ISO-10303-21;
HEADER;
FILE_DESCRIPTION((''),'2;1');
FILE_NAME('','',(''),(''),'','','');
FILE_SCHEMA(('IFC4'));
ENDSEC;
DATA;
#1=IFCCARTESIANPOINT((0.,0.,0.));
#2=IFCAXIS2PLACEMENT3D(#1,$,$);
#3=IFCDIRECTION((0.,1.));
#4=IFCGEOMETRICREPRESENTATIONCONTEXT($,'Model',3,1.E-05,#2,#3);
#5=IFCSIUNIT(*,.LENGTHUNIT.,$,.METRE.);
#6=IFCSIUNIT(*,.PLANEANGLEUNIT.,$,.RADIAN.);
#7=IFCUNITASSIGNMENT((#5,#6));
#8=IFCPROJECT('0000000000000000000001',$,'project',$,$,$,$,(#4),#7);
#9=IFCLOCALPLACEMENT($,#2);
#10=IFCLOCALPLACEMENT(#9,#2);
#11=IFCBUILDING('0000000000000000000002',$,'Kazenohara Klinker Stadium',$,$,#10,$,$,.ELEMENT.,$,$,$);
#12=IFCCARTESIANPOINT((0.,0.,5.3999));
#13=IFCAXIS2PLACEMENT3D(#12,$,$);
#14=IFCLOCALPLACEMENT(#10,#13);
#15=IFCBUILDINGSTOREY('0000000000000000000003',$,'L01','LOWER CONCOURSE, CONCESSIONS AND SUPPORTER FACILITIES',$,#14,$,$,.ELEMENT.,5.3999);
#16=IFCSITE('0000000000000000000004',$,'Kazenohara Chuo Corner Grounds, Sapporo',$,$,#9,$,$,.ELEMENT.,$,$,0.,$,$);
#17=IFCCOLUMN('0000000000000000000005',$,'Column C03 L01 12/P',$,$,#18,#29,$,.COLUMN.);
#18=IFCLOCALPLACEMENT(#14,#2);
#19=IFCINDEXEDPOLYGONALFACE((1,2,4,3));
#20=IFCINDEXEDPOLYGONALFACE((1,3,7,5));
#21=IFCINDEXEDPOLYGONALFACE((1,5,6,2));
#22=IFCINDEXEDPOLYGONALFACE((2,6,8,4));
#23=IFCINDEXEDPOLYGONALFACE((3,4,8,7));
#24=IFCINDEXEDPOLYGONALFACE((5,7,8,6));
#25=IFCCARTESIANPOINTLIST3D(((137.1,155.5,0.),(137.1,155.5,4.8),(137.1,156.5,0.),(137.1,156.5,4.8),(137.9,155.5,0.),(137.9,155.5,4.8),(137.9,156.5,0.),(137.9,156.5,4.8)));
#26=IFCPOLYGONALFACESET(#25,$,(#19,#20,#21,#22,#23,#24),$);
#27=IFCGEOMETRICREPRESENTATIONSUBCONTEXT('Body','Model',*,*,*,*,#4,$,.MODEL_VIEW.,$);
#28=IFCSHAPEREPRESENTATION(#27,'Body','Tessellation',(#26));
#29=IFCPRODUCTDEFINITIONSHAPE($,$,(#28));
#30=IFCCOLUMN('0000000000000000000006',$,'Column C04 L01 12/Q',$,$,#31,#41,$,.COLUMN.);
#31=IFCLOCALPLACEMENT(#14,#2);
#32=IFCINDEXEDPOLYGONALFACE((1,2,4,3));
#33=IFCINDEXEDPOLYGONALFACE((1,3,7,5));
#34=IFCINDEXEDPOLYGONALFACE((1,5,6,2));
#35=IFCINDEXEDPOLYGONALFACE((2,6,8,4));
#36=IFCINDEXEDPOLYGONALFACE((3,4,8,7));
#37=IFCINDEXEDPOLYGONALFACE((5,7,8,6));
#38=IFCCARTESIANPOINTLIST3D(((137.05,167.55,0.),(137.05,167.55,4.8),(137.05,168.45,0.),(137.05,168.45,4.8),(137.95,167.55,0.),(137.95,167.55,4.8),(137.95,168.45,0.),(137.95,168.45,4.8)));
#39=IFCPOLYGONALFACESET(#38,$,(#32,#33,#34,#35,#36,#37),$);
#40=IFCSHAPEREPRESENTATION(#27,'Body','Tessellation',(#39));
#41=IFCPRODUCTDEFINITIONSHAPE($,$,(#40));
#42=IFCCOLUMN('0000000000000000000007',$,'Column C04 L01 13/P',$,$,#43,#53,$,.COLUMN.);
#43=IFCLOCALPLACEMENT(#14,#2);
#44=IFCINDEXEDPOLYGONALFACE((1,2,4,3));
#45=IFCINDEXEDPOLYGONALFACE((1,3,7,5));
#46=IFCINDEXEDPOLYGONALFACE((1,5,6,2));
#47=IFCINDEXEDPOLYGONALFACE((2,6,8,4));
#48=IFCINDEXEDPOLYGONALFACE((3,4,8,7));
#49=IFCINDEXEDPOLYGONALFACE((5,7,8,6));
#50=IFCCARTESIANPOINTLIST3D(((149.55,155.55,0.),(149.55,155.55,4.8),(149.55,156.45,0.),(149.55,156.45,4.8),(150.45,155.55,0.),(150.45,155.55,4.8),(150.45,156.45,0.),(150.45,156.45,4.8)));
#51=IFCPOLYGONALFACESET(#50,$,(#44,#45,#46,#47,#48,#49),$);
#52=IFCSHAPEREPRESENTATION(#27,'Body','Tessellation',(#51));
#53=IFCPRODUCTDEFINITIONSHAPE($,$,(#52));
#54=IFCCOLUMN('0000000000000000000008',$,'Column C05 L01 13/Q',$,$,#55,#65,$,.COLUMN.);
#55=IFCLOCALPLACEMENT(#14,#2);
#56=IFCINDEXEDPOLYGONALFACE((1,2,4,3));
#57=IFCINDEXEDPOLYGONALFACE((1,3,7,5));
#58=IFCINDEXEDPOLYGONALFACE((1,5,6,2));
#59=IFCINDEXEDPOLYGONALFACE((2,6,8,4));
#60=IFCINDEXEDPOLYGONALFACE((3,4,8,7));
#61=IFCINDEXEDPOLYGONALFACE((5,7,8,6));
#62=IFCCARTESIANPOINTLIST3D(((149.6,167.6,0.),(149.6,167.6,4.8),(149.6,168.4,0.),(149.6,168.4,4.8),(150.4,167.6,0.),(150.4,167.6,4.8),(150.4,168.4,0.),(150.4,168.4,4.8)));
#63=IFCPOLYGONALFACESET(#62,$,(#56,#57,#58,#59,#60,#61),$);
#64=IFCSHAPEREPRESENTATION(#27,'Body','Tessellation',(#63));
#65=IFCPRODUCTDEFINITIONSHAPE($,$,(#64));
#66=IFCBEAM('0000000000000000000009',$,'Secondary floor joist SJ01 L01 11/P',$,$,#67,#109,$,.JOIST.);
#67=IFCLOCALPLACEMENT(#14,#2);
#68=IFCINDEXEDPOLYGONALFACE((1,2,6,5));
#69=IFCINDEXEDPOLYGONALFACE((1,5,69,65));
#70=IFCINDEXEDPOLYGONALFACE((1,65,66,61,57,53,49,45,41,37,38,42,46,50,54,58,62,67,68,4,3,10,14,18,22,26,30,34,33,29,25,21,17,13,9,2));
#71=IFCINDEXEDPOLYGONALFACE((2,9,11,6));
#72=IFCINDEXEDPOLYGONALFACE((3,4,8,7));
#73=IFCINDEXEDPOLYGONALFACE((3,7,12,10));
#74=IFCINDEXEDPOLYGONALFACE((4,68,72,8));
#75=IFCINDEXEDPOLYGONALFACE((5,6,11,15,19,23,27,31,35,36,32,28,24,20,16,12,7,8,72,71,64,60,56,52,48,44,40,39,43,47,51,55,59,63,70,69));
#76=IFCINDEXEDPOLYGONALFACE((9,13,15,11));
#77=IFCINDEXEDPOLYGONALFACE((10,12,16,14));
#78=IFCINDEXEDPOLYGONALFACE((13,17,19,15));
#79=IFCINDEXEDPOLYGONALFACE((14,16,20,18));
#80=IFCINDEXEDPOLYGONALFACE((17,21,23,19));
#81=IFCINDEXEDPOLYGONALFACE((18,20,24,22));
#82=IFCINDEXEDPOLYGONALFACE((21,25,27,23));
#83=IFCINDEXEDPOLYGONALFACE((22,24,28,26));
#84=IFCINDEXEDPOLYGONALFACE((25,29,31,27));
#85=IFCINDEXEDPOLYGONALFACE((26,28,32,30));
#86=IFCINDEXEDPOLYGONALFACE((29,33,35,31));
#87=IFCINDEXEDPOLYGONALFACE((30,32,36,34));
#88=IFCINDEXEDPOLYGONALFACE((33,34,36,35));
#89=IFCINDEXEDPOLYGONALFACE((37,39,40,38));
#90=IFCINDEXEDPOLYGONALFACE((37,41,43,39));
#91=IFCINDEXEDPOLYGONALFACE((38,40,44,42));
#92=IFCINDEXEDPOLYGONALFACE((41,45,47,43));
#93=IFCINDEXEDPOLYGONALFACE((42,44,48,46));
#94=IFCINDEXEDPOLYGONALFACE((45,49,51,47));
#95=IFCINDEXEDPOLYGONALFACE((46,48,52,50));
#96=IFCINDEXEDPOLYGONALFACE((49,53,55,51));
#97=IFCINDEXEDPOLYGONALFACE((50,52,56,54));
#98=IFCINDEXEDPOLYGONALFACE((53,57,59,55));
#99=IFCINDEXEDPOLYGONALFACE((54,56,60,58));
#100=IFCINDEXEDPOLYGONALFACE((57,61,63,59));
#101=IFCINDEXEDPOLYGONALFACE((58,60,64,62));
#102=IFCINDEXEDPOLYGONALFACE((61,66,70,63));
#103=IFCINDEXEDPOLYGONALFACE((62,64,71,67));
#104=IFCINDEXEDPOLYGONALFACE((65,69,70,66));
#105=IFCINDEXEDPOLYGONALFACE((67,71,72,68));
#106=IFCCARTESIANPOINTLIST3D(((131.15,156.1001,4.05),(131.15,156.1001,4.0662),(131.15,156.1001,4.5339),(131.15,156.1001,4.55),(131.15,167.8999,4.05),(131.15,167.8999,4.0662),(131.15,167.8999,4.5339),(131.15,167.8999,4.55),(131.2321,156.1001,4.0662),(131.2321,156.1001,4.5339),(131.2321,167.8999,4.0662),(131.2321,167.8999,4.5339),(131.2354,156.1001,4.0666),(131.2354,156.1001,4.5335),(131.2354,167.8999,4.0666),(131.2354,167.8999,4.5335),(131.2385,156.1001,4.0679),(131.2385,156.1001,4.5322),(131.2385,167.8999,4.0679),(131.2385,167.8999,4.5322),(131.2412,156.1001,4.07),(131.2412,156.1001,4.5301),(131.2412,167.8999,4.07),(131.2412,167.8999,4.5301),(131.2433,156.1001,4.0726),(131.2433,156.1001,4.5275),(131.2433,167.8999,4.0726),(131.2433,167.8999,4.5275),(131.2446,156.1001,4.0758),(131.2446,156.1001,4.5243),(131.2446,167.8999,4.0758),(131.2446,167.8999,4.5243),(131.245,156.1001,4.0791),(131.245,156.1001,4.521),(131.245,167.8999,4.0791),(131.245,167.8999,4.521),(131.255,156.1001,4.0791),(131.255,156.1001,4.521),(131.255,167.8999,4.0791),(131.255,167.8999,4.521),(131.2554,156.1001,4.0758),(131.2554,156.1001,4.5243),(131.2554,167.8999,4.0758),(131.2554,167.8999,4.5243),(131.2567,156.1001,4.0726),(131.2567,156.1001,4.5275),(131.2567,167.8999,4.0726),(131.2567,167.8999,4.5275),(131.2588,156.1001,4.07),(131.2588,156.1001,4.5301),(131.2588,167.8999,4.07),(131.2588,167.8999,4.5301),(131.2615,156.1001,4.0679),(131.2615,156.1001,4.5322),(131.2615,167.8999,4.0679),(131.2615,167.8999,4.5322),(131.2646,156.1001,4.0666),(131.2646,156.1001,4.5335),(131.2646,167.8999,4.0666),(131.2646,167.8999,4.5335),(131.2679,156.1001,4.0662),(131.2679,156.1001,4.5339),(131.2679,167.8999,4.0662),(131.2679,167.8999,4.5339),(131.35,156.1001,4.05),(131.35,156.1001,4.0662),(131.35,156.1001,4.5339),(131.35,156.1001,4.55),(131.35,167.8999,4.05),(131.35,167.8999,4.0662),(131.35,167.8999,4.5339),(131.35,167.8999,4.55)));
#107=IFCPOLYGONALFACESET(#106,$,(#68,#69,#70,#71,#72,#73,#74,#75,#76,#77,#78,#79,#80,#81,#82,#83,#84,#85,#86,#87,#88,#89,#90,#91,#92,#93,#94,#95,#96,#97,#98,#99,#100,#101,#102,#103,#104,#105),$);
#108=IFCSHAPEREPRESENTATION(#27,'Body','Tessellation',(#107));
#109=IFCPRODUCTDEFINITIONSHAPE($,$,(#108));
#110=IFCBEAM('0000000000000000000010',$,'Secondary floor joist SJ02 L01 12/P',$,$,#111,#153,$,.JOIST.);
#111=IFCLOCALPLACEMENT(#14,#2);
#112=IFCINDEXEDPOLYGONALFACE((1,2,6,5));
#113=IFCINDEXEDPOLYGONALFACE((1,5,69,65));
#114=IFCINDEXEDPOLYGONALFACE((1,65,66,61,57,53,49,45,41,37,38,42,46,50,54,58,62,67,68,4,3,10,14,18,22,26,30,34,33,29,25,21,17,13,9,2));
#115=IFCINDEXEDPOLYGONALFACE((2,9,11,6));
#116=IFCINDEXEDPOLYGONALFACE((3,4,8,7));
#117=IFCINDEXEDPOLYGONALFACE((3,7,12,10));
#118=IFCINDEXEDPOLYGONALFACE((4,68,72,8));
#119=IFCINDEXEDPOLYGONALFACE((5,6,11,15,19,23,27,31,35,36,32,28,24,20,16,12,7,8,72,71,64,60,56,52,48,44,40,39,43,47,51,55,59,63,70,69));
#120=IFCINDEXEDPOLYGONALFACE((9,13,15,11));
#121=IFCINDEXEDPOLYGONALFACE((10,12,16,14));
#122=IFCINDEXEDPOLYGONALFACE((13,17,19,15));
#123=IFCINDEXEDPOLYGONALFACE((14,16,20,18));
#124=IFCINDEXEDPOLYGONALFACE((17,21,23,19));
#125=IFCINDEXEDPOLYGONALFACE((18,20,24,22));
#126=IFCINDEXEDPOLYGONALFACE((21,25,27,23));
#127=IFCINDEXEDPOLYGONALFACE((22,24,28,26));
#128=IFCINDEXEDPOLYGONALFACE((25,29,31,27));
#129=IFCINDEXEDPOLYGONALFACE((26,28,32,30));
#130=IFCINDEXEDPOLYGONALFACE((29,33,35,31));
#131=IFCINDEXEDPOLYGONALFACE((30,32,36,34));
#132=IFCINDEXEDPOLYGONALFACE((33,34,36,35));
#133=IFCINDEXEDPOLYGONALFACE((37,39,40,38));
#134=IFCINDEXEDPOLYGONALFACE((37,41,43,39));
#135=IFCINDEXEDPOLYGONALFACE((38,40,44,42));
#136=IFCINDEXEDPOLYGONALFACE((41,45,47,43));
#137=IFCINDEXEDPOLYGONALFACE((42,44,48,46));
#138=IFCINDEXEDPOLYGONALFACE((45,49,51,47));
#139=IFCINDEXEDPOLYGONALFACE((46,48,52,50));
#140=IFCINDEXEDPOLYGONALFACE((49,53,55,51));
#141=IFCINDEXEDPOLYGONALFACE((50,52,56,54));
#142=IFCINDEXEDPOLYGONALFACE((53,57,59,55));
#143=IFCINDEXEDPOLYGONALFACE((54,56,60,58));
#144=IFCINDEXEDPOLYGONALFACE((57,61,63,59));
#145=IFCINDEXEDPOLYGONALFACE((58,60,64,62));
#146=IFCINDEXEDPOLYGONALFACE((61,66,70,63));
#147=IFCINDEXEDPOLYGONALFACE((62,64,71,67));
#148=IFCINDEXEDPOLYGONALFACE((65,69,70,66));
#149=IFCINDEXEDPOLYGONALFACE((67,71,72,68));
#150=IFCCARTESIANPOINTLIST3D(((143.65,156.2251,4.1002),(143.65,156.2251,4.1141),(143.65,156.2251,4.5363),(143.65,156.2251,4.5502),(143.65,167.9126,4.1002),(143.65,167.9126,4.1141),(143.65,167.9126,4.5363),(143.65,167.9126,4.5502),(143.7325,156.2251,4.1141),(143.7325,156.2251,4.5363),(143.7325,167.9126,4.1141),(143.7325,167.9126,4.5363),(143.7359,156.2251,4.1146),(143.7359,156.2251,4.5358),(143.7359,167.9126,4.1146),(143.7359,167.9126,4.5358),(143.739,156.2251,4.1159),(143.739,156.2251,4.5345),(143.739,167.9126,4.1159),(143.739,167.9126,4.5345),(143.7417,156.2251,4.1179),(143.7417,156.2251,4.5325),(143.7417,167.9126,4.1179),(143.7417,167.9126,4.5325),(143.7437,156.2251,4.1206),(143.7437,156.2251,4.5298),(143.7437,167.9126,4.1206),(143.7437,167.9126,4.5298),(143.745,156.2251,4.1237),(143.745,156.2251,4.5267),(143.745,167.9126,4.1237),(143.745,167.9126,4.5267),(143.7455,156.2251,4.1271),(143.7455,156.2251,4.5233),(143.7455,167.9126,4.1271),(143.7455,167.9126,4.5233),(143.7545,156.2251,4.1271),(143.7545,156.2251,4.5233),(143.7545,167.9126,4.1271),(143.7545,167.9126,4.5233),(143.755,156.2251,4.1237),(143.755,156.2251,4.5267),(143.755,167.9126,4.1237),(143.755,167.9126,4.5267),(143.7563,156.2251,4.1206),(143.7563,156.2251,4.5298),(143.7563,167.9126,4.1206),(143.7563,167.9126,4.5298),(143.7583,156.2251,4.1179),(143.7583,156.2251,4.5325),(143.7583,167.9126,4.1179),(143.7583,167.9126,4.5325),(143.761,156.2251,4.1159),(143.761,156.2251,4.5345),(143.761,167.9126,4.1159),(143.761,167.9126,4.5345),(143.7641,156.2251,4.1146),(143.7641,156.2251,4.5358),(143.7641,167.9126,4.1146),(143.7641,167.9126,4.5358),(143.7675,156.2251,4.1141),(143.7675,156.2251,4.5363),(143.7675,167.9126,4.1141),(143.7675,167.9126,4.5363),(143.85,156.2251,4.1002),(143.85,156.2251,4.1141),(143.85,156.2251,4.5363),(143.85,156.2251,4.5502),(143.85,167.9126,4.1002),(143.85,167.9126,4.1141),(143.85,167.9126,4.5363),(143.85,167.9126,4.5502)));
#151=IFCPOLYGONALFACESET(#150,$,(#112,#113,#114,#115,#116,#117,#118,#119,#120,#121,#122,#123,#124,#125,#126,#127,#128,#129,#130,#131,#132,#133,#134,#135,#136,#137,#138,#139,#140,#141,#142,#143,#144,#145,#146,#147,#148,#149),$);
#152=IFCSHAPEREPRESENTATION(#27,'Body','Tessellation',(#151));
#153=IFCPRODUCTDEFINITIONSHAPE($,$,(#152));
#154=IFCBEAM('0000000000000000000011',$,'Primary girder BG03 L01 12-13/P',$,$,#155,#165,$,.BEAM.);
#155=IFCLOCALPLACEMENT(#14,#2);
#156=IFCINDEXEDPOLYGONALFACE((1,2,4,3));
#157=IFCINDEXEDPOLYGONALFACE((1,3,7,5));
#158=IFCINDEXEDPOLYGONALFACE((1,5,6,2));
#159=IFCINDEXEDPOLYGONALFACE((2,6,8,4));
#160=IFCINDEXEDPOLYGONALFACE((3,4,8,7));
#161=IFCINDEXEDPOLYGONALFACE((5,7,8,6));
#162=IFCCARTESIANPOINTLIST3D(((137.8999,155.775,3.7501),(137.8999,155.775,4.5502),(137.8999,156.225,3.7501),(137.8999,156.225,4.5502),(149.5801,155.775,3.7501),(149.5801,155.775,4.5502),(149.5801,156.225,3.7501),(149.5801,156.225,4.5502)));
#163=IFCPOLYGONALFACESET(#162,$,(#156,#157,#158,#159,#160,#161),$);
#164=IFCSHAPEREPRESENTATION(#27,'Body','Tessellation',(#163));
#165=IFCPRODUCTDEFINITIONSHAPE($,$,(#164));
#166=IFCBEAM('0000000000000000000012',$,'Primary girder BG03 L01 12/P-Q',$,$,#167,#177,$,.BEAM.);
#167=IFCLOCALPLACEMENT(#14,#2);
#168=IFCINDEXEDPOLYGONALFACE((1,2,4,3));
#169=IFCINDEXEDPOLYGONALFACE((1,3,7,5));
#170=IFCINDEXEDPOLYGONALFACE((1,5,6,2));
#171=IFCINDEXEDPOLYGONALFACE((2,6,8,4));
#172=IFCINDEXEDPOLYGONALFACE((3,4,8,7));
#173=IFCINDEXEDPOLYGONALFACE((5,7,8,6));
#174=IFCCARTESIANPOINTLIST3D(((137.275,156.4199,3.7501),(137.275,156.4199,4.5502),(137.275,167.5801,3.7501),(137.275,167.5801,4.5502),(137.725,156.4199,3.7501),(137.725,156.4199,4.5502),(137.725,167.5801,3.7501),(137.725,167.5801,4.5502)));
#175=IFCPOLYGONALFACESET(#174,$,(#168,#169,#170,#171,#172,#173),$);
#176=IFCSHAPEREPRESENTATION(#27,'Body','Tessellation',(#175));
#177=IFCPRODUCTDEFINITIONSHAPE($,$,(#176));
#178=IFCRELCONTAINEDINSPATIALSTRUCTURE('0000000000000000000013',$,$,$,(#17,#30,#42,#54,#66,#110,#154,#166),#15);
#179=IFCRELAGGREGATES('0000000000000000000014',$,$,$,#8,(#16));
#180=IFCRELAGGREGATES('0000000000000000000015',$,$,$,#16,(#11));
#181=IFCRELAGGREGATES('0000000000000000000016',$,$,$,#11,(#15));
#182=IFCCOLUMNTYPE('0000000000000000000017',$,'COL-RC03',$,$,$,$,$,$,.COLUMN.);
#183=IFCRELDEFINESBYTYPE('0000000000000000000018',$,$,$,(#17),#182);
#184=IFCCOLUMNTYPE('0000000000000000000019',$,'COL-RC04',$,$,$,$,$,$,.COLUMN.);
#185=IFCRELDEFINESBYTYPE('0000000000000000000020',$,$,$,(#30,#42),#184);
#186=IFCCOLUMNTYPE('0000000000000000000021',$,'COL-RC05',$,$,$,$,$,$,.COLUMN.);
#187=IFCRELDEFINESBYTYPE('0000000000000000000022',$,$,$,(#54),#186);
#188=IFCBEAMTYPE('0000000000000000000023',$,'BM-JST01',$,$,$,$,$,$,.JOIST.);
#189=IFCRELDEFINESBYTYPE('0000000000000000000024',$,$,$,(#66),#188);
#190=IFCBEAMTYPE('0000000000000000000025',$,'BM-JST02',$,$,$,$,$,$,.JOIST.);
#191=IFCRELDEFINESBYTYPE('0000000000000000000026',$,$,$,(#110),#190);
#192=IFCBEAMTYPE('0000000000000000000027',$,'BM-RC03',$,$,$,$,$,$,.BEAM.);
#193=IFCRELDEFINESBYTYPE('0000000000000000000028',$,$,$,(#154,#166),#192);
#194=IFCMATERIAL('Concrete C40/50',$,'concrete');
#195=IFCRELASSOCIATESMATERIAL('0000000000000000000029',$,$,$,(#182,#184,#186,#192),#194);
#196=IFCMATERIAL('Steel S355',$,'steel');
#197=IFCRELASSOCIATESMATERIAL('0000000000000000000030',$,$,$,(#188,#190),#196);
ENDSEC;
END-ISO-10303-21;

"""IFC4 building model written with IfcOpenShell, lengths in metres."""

from ifc_helpers import new_model, si_unit, direction, frame, origin, origin_2d, place, context, subcontext, project, spatial, rectangle, i_section, extrude, material, material_profile, profile_set, type_object, element, save


model = new_model("IFC4")

# Units and contexts
model_context = context("Model", 3, precision=1e-05, world=origin(), true_north=direction((0.0, 1.0)))
body_context = subcontext(model_context, "Body", "Model", "MODEL_VIEW")
ifc_project = project(units=[si_unit("LENGTHUNIT", "METRE"), si_unit("PLANEANGLEUNIT", "RADIAN")], contexts=[model_context])

# Site, building, storey
site_placement = place(None, origin())
site = spatial("IfcSite", under=ifc_project, at=site_placement, Name="Kazenohara Chuo Corner Grounds, Sapporo", CompositionType="ELEMENT", RefElevation=0.0)
building_placement = place(site_placement, origin())
building = spatial("IfcBuilding", under=site, at=building_placement, Name="Kazenohara Klinker Stadium", CompositionType="ELEMENT")
storey_placement = place(building_placement, frame((0.0, 0.0, 5.3999)))
storey = spatial("IfcBuildingStorey", under=building, at=storey_placement, Name="L01", Description="LOWER CONCOURSE, CONCESSIONS AND SUPPORTER FACILITIES", CompositionType="ELEMENT", Elevation=5.3999)

# Columns
ifc_material_1 = material(Name="Concrete C40/50", Category="concrete")
ifc_material_profile_1 = material_profile(ifc_material_1, rectangle(XDim=0.8, YDim=1.0, at=origin_2d()), Name="RC-COL-1000x800")
ifc_profile_set_1 = profile_set([ifc_material_profile_1], Name="Concrete C40/50")
column_type_1 = type_object("IfcColumnType", Name="COL-RC03", PredefinedType="COLUMN", material=ifc_profile_set_1)
column_1_placement = place(storey_placement, frame((137.5, 156.0, 0.0), z_axis=(0.0, 0.0, 1.0), x_axis=(1.0, 0.0, 0.0)))
element("IfcColumn", 1, at=column_1_placement, inside=storey, type_object=column_type_1, Name="Column C03 L01 12/P", PredefinedType="COLUMN", context=body_context, shape_type="SweptSolid", body=[
    extrude(rectangle(XDim=0.8, YDim=1.0, at=origin_2d()), origin(), (0.0, 0.0, 1.0), 4.8),
])
ifc_material_profile_2 = material_profile(ifc_material_1, rectangle(XDim=0.8999, YDim=0.8999, at=origin_2d()), Name="RC-COL-900x900")
ifc_profile_set_2 = profile_set([ifc_material_profile_2], Name="Concrete C40/50")
column_type_2 = type_object("IfcColumnType", Name="COL-RC04", PredefinedType="COLUMN", material=ifc_profile_set_2)
for number, where, z_axis, x_axis, name in (
    (2, (137.5, 168.0, 0.0), (0.0, 0.0, 1.0), (1.0, 0.0, 0.0), "Column C04 L01 12/Q"),
    (3, (150.0, 156.0, 0.0), (0.0, 0.0, 1.0), (1.0, 0.0, 0.0), "Column C04 L01 13/P"),
):
    element("IfcColumn", number, at=place(storey_placement, frame(where, z_axis=z_axis, x_axis=x_axis)), inside=storey, type_object=column_type_2, Name=name, PredefinedType="COLUMN", context=body_context, shape_type="SweptSolid", body=[
        extrude(rectangle(XDim=0.8999, YDim=0.8999, at=origin_2d()), origin(), (0.0, 0.0, 1.0), 4.8),
    ])
ifc_material_profile_3 = material_profile(ifc_material_1, rectangle(XDim=0.8, YDim=0.8, at=origin_2d()), Name="RC-COL-800x800")
ifc_profile_set_3 = profile_set([ifc_material_profile_3], Name="Concrete C40/50")
column_type_3 = type_object("IfcColumnType", Name="COL-RC05", PredefinedType="COLUMN", material=ifc_profile_set_3)
column_2_placement = place(storey_placement, frame((150.0, 168.0, 0.0), z_axis=(0.0, 0.0, 1.0), x_axis=(1.0, 0.0, 0.0)))
element("IfcColumn", 4, at=column_2_placement, inside=storey, type_object=column_type_3, Name="Column C05 L01 13/Q", PredefinedType="COLUMN", context=body_context, shape_type="SweptSolid", body=[
    extrude(rectangle(XDim=0.8, YDim=0.8, at=origin_2d()), origin(), (0.0, 0.0, 1.0), 4.8),
])

# Beams
ifc_material_2 = material(Name="Steel S355", Category="steel")
ifc_material_profile_4 = material_profile(ifc_material_2, i_section(OverallWidth=0.2, OverallDepth=0.5, WebThickness=0.01, FlangeThickness=0.0161, FilletRadius=0.0129, at=origin_2d()), Name="H-500x200x10x16")
ifc_profile_set_4 = profile_set([ifc_material_profile_4], Name="Steel S355")
beam_type_1 = type_object("IfcBeamType", Name="BM-JST01", PredefinedType="JOIST", material=ifc_profile_set_4)
beam_1_placement = place(storey_placement, frame((131.25, 156.1001, 4.3), z_axis=(0.0, 1.0, 0.0), x_axis=(-1.0, 0.0, 0.0)))
element("IfcBeam", 5, at=beam_1_placement, inside=storey, type_object=beam_type_1, Name="Secondary floor joist SJ01 L01 11/P", PredefinedType="JOIST", context=body_context, shape_type="SweptSolid", body=[
    extrude(i_section(OverallWidth=0.2, OverallDepth=0.5, WebThickness=0.01, FlangeThickness=0.0161, FilletRadius=0.0129, at=origin_2d()), origin(), (0.0, 0.0, 1.0), 11.7998),
])
ifc_material_profile_5 = material_profile(ifc_material_2, i_section(OverallWidth=0.2, OverallDepth=0.45, WebThickness=0.009, FlangeThickness=0.0139, FilletRadius=0.0129, at=origin_2d()), Name="H-450x200x9x14")
ifc_profile_set_5 = profile_set([ifc_material_profile_5], Name="Steel S355")
beam_type_2 = type_object("IfcBeamType", Name="BM-JST02", PredefinedType="JOIST", material=ifc_profile_set_5)
beam_2_placement = place(storey_placement, frame((143.75, 156.2251, 4.3252), z_axis=(0.0, 1.0, 0.0), x_axis=(-1.0, 0.0, 0.0)))
element("IfcBeam", 6, at=beam_2_placement, inside=storey, type_object=beam_type_2, Name="Secondary floor joist SJ02 L01 12/P", PredefinedType="JOIST", context=body_context, shape_type="SweptSolid", body=[
    extrude(i_section(OverallWidth=0.2, OverallDepth=0.45, WebThickness=0.009, FlangeThickness=0.0139, FilletRadius=0.0129, at=origin_2d()), origin(), (0.0, 0.0, 1.0), 11.6875),
])
ifc_material_profile_6 = material_profile(ifc_material_1, rectangle(XDim=0.45, YDim=0.8, at=origin_2d()), Name="RC-BM-450x800")
ifc_profile_set_6 = profile_set([ifc_material_profile_6], Name="Concrete C40/50")
beam_type_3 = type_object("IfcBeamType", Name="BM-RC03", PredefinedType="BEAM", material=ifc_profile_set_6)
beam_3_placement = place(storey_placement, frame((137.8999, 156.0, 4.1501), z_axis=(1.0, 0.0, 0.0), x_axis=(0.0, 1.0, 0.0)))
element("IfcBeam", 7, at=beam_3_placement, inside=storey, type_object=beam_type_3, Name="Primary girder BG03 L01 12-13/P", PredefinedType="BEAM", context=body_context, shape_type="SweptSolid", body=[
    extrude(rectangle(XDim=0.45, YDim=0.8, at=origin_2d()), origin(), (0.0, 0.0, 1.0), 11.6802),
])
beam_4_placement = place(storey_placement, frame((137.5, 156.4199, 4.1501), z_axis=(0.0, 1.0, 0.0), x_axis=(-1.0, 0.0, 0.0)))
element("IfcBeam", 8, at=beam_4_placement, inside=storey, type_object=beam_type_3, Name="Primary girder BG03 L01 12/P-Q", PredefinedType="BEAM", context=body_context, shape_type="SweptSolid", body=[
    extrude(rectangle(XDim=0.45, YDim=0.8, at=origin_2d()), origin(), (0.0, 0.0, 1.0), 11.1602),
])

save(model, "model.ifc")
